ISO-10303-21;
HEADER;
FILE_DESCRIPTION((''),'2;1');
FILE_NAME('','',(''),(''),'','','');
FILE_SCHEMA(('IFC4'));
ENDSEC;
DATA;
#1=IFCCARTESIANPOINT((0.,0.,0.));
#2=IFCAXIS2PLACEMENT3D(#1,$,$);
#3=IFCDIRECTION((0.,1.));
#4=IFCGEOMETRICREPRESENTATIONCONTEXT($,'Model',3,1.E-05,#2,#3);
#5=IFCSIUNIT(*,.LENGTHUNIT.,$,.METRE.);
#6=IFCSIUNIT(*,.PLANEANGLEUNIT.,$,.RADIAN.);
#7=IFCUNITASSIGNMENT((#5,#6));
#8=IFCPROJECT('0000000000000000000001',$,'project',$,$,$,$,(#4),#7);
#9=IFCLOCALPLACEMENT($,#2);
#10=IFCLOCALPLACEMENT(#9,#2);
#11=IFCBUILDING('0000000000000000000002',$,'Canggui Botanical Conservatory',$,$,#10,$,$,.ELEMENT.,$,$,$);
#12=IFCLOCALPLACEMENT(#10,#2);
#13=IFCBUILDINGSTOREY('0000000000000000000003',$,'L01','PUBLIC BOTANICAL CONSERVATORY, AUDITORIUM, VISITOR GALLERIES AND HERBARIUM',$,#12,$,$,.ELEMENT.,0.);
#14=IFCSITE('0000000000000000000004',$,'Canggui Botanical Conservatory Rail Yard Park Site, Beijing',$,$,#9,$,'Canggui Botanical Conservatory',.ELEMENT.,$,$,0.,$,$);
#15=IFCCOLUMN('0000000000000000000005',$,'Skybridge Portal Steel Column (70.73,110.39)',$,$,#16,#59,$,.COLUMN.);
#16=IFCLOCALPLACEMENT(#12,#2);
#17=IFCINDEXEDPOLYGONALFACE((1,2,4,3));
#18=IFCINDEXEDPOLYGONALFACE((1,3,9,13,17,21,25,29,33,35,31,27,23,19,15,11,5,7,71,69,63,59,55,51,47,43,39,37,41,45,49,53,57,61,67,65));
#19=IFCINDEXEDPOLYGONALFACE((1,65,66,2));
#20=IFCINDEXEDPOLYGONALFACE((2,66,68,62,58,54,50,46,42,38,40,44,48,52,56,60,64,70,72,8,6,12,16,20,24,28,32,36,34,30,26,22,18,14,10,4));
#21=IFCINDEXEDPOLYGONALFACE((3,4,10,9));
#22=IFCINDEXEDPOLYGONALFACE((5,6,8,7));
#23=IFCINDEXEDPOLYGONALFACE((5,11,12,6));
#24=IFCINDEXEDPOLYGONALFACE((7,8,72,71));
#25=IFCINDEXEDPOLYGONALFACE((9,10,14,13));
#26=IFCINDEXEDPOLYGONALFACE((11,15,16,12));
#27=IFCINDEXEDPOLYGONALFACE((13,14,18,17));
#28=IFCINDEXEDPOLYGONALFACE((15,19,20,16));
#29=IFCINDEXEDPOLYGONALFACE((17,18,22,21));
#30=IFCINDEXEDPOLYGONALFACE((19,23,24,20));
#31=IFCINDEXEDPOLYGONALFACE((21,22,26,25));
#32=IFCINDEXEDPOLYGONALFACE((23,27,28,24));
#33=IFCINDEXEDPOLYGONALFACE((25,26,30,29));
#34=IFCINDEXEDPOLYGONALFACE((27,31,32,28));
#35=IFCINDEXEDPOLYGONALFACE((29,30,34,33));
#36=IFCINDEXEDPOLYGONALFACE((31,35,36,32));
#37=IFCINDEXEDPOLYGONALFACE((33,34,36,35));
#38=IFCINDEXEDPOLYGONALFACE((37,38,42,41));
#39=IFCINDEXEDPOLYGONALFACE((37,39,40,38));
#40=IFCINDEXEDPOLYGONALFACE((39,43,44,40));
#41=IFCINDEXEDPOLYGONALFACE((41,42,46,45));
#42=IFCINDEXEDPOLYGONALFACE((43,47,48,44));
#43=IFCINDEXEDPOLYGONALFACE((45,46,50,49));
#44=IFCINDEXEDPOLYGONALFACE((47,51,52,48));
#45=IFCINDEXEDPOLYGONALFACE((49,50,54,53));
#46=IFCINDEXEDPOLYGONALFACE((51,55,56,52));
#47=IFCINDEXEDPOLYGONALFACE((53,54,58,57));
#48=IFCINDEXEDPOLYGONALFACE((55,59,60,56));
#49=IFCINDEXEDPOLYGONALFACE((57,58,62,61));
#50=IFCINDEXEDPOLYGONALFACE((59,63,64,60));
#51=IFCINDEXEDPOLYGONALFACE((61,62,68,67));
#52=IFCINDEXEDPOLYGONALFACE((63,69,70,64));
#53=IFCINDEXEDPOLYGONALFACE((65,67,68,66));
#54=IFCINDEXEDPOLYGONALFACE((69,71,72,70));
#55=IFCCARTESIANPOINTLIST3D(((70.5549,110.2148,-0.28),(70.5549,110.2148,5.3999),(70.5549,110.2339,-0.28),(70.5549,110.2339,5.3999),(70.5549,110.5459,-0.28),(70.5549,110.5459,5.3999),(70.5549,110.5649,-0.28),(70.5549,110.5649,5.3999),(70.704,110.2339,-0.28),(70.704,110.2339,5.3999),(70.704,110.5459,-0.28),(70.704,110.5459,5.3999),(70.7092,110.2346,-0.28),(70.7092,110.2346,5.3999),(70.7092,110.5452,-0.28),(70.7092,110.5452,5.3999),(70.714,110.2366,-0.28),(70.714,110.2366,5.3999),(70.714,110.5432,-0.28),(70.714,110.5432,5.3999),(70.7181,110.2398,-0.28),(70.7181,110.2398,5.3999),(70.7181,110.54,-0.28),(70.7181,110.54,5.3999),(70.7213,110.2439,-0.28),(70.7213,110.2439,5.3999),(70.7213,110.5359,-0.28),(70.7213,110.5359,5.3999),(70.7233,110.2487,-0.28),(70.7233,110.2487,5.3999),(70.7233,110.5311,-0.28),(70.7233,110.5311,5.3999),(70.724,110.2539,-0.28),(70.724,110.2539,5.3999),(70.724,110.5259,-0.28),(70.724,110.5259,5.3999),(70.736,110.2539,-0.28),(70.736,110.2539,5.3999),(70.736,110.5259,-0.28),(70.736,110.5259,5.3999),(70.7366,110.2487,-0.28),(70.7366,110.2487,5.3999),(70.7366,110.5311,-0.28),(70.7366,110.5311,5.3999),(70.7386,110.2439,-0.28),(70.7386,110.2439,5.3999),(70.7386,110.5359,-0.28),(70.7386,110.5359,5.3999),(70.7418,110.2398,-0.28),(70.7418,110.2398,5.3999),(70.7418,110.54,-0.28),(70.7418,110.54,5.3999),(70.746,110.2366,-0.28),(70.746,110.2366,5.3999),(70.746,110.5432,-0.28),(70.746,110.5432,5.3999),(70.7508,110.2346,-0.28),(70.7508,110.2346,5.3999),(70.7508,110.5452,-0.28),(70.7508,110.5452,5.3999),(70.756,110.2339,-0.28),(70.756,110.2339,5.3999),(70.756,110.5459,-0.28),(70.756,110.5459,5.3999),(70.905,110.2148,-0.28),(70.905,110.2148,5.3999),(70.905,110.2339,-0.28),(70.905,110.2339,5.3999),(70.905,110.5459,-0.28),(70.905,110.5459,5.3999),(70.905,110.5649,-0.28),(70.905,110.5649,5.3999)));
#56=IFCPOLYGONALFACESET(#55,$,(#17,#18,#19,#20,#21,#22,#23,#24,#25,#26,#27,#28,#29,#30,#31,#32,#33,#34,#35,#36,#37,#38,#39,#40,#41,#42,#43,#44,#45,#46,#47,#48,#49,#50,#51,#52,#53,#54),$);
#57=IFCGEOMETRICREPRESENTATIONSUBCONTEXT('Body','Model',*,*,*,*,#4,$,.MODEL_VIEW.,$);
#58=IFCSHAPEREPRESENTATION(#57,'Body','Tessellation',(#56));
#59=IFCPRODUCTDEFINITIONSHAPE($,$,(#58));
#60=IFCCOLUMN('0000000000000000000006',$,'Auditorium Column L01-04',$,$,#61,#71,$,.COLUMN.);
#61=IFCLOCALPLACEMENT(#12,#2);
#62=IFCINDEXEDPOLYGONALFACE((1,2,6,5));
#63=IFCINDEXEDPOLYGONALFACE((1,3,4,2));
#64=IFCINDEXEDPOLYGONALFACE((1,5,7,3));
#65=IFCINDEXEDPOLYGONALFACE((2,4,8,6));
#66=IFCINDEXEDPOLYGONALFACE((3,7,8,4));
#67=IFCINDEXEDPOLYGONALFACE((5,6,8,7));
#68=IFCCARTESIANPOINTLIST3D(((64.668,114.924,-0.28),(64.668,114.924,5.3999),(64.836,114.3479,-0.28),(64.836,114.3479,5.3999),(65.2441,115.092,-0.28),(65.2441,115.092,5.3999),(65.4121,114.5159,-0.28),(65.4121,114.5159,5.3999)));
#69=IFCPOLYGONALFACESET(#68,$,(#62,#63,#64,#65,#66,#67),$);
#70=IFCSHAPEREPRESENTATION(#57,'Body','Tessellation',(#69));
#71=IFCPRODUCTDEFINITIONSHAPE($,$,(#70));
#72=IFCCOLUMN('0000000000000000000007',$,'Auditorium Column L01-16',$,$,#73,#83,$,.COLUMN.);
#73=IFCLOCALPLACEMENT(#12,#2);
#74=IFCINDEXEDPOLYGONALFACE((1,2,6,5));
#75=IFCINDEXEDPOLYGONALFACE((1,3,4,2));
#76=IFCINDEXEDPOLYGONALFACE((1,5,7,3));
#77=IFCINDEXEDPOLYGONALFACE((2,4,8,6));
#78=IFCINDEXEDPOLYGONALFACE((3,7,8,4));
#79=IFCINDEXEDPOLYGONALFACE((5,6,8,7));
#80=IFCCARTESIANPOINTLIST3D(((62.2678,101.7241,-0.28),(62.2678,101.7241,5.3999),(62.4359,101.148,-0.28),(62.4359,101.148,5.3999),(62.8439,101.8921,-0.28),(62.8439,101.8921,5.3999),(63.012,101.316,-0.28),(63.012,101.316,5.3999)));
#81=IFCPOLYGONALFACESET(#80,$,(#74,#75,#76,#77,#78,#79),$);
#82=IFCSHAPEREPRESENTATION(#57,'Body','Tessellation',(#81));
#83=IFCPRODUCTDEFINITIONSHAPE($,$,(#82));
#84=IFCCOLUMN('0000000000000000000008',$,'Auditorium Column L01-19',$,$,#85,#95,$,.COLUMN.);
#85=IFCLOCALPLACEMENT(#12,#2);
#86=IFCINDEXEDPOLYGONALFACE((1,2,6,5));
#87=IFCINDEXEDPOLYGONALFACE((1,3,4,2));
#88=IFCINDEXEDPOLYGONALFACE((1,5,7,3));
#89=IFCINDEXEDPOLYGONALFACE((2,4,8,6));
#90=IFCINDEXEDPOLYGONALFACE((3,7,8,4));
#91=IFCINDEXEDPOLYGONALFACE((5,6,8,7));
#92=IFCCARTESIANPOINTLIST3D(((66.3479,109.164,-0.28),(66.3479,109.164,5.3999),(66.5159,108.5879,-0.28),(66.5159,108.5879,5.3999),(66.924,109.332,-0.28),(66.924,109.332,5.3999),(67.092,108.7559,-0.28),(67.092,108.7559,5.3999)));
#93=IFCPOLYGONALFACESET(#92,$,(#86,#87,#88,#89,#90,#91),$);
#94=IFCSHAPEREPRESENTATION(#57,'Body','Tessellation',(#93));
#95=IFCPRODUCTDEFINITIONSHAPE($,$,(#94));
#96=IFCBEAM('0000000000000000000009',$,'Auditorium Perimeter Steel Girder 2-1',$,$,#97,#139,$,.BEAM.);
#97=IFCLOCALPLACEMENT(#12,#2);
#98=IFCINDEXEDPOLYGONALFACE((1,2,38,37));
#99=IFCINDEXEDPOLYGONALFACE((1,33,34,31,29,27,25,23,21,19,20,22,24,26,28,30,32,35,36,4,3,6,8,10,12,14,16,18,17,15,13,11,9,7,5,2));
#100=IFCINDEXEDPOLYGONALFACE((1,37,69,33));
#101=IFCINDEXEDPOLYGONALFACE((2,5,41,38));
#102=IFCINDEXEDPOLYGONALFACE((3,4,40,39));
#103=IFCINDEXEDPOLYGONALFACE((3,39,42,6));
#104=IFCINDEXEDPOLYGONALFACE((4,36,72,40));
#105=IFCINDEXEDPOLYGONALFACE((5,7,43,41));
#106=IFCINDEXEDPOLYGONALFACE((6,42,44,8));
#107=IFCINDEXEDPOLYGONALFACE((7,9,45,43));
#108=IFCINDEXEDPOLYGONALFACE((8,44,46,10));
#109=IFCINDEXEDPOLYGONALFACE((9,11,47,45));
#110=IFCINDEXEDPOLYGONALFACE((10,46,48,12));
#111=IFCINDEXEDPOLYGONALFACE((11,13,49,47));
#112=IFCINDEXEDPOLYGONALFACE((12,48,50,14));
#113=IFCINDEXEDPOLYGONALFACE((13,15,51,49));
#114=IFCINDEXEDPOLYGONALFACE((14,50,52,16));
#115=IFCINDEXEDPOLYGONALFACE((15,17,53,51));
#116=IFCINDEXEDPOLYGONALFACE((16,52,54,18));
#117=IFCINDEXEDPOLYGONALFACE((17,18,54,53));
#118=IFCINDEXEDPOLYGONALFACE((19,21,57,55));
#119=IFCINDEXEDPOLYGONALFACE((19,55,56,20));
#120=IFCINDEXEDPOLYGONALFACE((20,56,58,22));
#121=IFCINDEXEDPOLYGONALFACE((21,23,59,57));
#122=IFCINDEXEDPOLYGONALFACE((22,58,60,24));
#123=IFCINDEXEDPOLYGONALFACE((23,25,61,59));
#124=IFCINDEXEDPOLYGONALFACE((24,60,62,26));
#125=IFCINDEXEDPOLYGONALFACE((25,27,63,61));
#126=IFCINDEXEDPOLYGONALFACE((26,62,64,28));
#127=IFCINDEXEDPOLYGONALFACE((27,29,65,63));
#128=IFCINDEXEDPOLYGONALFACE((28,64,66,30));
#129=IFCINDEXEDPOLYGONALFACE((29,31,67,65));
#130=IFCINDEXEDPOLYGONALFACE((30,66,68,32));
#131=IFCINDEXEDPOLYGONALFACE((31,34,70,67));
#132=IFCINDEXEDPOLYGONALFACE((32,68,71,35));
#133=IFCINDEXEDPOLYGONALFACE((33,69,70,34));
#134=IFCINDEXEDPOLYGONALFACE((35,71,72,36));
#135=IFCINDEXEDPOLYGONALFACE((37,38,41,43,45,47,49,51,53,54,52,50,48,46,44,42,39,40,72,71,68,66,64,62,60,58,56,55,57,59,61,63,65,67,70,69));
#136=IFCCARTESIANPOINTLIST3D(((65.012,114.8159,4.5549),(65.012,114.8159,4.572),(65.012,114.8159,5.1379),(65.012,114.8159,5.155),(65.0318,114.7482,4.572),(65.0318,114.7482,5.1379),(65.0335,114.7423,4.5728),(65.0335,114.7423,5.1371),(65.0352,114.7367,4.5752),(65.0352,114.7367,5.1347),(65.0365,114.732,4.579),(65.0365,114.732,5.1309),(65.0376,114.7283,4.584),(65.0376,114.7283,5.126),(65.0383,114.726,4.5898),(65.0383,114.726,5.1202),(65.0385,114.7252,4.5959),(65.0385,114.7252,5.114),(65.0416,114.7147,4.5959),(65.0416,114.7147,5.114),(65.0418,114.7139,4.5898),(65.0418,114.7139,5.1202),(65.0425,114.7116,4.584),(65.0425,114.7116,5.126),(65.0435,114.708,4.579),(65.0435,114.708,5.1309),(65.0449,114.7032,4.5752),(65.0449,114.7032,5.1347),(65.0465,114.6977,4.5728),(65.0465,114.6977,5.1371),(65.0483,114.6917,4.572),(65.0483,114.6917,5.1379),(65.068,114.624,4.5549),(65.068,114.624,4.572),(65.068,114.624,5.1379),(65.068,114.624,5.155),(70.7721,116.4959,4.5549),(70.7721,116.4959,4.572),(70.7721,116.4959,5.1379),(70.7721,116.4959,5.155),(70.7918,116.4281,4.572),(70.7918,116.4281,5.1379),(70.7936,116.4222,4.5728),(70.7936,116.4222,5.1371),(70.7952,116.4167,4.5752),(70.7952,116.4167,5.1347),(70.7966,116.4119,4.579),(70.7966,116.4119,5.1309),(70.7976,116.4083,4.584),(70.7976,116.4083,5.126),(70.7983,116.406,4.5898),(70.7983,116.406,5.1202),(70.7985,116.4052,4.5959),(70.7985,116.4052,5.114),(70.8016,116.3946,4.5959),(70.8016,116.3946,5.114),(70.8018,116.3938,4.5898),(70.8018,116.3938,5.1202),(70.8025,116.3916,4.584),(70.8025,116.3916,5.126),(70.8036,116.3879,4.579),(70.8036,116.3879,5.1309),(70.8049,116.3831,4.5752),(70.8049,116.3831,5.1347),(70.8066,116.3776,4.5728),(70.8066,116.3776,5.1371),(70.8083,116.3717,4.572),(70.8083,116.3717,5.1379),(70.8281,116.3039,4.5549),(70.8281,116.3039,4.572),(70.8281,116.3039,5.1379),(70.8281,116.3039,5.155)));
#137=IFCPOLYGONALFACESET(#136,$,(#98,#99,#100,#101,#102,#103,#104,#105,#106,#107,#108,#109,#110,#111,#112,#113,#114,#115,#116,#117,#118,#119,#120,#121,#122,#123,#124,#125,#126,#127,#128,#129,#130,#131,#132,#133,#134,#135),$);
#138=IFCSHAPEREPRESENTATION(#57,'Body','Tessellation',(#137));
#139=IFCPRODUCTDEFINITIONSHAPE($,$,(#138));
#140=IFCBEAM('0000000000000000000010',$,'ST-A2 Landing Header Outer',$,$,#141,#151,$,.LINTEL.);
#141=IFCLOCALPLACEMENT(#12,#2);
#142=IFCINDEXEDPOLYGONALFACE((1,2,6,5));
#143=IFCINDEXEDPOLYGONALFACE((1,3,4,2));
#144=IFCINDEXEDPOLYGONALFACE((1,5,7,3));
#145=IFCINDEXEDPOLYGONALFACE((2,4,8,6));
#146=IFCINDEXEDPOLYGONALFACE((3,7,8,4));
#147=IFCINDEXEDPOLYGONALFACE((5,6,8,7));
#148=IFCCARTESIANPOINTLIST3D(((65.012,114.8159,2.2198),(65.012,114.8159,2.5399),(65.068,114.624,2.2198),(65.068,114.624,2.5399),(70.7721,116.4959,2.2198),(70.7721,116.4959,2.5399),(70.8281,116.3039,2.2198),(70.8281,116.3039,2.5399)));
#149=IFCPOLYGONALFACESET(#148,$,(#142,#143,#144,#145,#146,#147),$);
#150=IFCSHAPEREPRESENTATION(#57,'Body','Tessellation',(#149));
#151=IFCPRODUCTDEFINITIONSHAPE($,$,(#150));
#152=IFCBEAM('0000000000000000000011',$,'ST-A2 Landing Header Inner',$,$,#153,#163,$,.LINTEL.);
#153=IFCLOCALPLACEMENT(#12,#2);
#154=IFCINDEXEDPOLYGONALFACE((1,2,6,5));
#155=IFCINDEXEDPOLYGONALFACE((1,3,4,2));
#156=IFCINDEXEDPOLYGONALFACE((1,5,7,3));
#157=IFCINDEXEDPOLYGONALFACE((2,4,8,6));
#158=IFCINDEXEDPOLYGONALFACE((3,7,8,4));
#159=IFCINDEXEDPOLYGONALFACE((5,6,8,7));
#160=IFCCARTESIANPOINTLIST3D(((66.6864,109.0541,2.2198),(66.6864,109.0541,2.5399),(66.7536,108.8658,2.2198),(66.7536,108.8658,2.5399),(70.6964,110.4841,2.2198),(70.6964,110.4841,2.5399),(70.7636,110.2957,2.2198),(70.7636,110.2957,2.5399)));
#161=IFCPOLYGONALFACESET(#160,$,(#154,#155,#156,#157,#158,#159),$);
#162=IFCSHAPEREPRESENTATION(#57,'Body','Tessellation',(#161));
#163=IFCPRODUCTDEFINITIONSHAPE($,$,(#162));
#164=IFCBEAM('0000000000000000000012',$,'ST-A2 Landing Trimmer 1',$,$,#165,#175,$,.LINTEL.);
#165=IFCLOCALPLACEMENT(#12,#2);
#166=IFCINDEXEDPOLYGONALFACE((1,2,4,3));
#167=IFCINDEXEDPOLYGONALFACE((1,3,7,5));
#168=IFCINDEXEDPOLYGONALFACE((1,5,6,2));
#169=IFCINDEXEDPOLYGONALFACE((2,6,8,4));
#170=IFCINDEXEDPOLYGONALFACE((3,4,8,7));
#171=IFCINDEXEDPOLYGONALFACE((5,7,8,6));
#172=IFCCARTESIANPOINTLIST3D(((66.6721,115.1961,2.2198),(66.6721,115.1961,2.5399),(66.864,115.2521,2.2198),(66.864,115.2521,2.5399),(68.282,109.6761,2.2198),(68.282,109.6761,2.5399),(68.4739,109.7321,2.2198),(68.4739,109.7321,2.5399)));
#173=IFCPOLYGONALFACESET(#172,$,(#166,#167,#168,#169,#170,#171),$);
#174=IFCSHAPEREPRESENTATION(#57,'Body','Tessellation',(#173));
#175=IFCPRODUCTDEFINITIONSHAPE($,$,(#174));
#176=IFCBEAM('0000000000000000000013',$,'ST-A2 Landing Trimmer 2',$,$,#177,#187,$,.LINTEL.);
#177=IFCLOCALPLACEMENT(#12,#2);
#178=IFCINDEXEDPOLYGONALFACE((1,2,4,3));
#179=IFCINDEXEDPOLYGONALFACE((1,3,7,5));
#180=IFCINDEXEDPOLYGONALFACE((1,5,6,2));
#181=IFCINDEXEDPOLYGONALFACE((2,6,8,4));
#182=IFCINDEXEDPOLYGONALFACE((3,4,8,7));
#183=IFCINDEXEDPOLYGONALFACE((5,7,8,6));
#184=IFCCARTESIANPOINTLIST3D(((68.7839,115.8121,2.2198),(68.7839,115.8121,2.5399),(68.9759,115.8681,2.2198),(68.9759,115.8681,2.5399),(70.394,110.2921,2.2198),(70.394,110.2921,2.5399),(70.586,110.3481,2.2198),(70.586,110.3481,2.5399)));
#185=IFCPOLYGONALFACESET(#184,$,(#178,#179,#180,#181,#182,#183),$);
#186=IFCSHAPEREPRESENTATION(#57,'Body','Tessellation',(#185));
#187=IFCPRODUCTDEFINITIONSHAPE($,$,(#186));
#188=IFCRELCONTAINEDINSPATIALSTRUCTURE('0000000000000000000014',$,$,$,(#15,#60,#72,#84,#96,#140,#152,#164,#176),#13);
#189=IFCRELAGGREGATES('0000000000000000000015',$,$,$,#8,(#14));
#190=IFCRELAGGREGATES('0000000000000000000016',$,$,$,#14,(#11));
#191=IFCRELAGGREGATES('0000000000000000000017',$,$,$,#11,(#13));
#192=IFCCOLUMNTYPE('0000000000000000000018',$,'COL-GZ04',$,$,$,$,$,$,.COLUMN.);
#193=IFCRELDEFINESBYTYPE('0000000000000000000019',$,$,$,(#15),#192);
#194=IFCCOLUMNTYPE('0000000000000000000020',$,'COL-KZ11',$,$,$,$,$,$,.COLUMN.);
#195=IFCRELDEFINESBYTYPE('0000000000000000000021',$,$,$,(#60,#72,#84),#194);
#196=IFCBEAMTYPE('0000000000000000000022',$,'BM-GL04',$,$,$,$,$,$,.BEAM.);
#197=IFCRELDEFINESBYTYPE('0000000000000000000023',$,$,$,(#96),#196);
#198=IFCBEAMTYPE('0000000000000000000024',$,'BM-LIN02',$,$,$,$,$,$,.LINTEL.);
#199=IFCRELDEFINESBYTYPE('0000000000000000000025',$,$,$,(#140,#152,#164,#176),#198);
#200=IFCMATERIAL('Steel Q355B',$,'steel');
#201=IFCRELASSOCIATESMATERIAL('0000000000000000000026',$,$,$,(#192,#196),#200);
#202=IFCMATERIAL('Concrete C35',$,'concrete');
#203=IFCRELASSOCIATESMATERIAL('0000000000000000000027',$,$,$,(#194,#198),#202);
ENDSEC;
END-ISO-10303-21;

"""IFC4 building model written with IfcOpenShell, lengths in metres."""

from ifc_helpers import new_model, si_unit, direction, frame, origin, origin_2d, place, context, subcontext, project, spatial, rectangle, i_section, extrude, material, material_profile, profile_set, type_object, element, save


model = new_model("IFC4")

# Units and contexts
model_context = context("Model", 3, precision=1e-05, world=origin(), true_north=direction((0.0, 1.0)))
body_context = subcontext(model_context, "Body", "Model", "MODEL_VIEW")
ifc_project = project(units=[si_unit("LENGTHUNIT", "METRE"), si_unit("PLANEANGLEUNIT", "RADIAN")], contexts=[model_context])

# Site, building, storey
site_placement = place(None, origin())
site = spatial("IfcSite", under=ifc_project, at=site_placement, Name="Canggui Botanical Conservatory Rail Yard Park Site, Beijing", LongName="Canggui Botanical Conservatory", CompositionType="ELEMENT", RefElevation=0.0)
building_placement = place(site_placement, origin())
building = spatial("IfcBuilding", under=site, at=building_placement, Name="Canggui Botanical Conservatory", CompositionType="ELEMENT")
storey_placement = place(building_placement, origin())
storey = spatial("IfcBuildingStorey", under=building, at=storey_placement, Name="L01", Description="PUBLIC BOTANICAL CONSERVATORY, AUDITORIUM, VISITOR GALLERIES AND HERBARIUM", CompositionType="ELEMENT", Elevation=0.0)

# Shared definitions
ifc_material_1 = material(Name="Concrete C35", Category="concrete")

# Columns
ifc_material_2 = material(Name="Steel Q355B", Category="steel")
ifc_material_profile_1 = material_profile(ifc_material_2, i_section(OverallWidth=0.3501, OverallDepth=0.3501, WebThickness=0.012, FlangeThickness=0.019, FilletRadius=0.02, at=origin_2d()), Name="HW 350x350x12x19")
ifc_profile_set_1 = profile_set([ifc_material_profile_1], Name="Steel Q355B")
column_type_1 = type_object("IfcColumnType", Name="COL-GZ04", PredefinedType="COLUMN", material=ifc_profile_set_1)
column_placement = place(storey_placement, frame((70.73, 110.3899, -0.28), z_axis=(0.0, 0.0, 1.0), x_axis=(1.0, 0.0, 0.0)))
element("IfcColumn", 1, at=column_placement, inside=storey, type_object=column_type_1, Name="Skybridge Portal Steel Column (70.73,110.39)", PredefinedType="COLUMN", context=body_context, shape_type="SweptSolid", body=[
    extrude(i_section(OverallWidth=0.3501, OverallDepth=0.3501, WebThickness=0.012, FlangeThickness=0.019, FilletRadius=0.02, at=origin_2d()), origin(), (0.0, 0.0, 1.0), 5.6799),
])
ifc_material_profile_2 = material_profile(ifc_material_1, rectangle(XDim=0.6001, YDim=0.6001, at=origin_2d()), Name="RC 600x600")
ifc_profile_set_2 = profile_set([ifc_material_profile_2], Name="Concrete C35")
column_type_2 = type_object("IfcColumnType", Name="COL-KZ11", PredefinedType="COLUMN", material=ifc_profile_set_2)
for number, where, z_axis, x_axis, name in (
    (2, (65.04, 114.72, -0.28), (0.0, 0.0, 1.0), (0.96, 0.28, 0.0), "Auditorium Column L01-04"),
    (3, (62.6399, 101.52, -0.28), (0.0, 0.0, 1.0), (0.96, 0.28, 0.0), "Auditorium Column L01-16"),
    (4, (66.72, 108.96, -0.28), (0.0, 0.0, 1.0), (0.96, 0.28, 0.0), "Auditorium Column L01-19"),
):
    element("IfcColumn", number, at=place(storey_placement, frame(where, z_axis=z_axis, x_axis=x_axis)), inside=storey, type_object=column_type_2, Name=name, PredefinedType="COLUMN", context=body_context, shape_type="SweptSolid", body=[
        extrude(rectangle(XDim=0.6001, YDim=0.6001, at=origin_2d()), origin(), (0.0, 0.0, 1.0), 5.6799),
    ])

# Beams
ifc_material_profile_3 = material_profile(ifc_material_2, i_section(OverallWidth=0.2, OverallDepth=0.6001, WebThickness=0.011, FlangeThickness=0.0171, FilletRadius=0.0239, at=origin_2d()), Name="HN 600x200x11x17")
ifc_profile_set_3 = profile_set([ifc_material_profile_3], Name="Steel Q355B")
beam_type_1 = type_object("IfcBeamType", Name="BM-GL04", PredefinedType="BEAM", material=ifc_profile_set_3)
beam_1_placement = place(storey_placement, frame((65.04, 114.72, 4.855), z_axis=(0.960003, 0.279989, 0.0), x_axis=(-0.279989, 0.960003, 0.0)))
element("IfcBeam", 5, at=beam_1_placement, inside=storey, type_object=beam_type_1, Name="Auditorium Perimeter Steel Girder 2-1", PredefinedType="BEAM", context=body_context, shape_type="SweptSolid", body=[
    extrude(i_section(OverallWidth=0.2, OverallDepth=0.6001, WebThickness=0.011, FlangeThickness=0.0171, FilletRadius=0.0239, at=origin_2d()), origin(), (0.0, 0.0, 1.0), 6.0),
])
ifc_material_profile_4 = material_profile(ifc_material_1, rectangle(XDim=0.2, YDim=0.3201, at=origin_2d()), Name="RB 200x320")
ifc_profile_set_4 = profile_set([ifc_material_profile_4], Name="Concrete C35")
beam_type_2 = type_object("IfcBeamType", Name="BM-LIN02", PredefinedType="LINTEL", material=ifc_profile_set_4)
beam_2_placement = place(storey_placement, frame((65.04, 114.72, 2.3799), z_axis=(0.960003, 0.279989, 0.0), x_axis=(-0.279989, 0.960003, 0.0)))
element("IfcBeam", 6, at=beam_2_placement, inside=storey, type_object=beam_type_2, Name="ST-A2 Landing Header Outer", PredefinedType="LINTEL", context=body_context, shape_type="SweptSolid", body=[
    extrude(rectangle(XDim=0.2, YDim=0.3201, at=origin_2d()), origin(), (0.0, 0.0, 1.0), 6.0),
])
beam_3_placement = place(storey_placement, frame((66.72, 108.96, 2.3799), z_axis=(0.941907, 0.335875, 0.0), x_axis=(-0.335875, 0.941907, 0.0)))
element("IfcBeam", 7, at=beam_3_placement, inside=storey, type_object=beam_type_2, Name="ST-A2 Landing Header Inner", PredefinedType="LINTEL", context=body_context, shape_type="SweptSolid", body=[
    extrude(rectangle(XDim=0.2, YDim=0.3201, at=origin_2d()), origin(), (0.0, 0.0, 1.0), 4.2573),
])
for number, where, z_axis, x_axis, name in (
    (8, (66.7681, 115.2241, 2.3799), (0.279977, -0.960007, 0.0), (0.960007, 0.279977, 0.0), "ST-A2 Landing Trimmer 1"),
    (9, (68.8799, 115.8401, 2.3799), (0.280016, -0.959995, 0.0), (0.959995, 0.280016, 0.0), "ST-A2 Landing Trimmer 2"),
):
    element("IfcBeam", number, at=place(storey_placement, frame(where, z_axis=z_axis, x_axis=x_axis)), inside=storey, type_object=beam_type_2, Name=name, PredefinedType="LINTEL", context=body_context, shape_type="SweptSolid", body=[
        extrude(rectangle(XDim=0.2, YDim=0.3201, at=origin_2d()), origin(), (0.0, 0.0, 1.0), 5.75),
    ])

save(model, "model.ifc")
